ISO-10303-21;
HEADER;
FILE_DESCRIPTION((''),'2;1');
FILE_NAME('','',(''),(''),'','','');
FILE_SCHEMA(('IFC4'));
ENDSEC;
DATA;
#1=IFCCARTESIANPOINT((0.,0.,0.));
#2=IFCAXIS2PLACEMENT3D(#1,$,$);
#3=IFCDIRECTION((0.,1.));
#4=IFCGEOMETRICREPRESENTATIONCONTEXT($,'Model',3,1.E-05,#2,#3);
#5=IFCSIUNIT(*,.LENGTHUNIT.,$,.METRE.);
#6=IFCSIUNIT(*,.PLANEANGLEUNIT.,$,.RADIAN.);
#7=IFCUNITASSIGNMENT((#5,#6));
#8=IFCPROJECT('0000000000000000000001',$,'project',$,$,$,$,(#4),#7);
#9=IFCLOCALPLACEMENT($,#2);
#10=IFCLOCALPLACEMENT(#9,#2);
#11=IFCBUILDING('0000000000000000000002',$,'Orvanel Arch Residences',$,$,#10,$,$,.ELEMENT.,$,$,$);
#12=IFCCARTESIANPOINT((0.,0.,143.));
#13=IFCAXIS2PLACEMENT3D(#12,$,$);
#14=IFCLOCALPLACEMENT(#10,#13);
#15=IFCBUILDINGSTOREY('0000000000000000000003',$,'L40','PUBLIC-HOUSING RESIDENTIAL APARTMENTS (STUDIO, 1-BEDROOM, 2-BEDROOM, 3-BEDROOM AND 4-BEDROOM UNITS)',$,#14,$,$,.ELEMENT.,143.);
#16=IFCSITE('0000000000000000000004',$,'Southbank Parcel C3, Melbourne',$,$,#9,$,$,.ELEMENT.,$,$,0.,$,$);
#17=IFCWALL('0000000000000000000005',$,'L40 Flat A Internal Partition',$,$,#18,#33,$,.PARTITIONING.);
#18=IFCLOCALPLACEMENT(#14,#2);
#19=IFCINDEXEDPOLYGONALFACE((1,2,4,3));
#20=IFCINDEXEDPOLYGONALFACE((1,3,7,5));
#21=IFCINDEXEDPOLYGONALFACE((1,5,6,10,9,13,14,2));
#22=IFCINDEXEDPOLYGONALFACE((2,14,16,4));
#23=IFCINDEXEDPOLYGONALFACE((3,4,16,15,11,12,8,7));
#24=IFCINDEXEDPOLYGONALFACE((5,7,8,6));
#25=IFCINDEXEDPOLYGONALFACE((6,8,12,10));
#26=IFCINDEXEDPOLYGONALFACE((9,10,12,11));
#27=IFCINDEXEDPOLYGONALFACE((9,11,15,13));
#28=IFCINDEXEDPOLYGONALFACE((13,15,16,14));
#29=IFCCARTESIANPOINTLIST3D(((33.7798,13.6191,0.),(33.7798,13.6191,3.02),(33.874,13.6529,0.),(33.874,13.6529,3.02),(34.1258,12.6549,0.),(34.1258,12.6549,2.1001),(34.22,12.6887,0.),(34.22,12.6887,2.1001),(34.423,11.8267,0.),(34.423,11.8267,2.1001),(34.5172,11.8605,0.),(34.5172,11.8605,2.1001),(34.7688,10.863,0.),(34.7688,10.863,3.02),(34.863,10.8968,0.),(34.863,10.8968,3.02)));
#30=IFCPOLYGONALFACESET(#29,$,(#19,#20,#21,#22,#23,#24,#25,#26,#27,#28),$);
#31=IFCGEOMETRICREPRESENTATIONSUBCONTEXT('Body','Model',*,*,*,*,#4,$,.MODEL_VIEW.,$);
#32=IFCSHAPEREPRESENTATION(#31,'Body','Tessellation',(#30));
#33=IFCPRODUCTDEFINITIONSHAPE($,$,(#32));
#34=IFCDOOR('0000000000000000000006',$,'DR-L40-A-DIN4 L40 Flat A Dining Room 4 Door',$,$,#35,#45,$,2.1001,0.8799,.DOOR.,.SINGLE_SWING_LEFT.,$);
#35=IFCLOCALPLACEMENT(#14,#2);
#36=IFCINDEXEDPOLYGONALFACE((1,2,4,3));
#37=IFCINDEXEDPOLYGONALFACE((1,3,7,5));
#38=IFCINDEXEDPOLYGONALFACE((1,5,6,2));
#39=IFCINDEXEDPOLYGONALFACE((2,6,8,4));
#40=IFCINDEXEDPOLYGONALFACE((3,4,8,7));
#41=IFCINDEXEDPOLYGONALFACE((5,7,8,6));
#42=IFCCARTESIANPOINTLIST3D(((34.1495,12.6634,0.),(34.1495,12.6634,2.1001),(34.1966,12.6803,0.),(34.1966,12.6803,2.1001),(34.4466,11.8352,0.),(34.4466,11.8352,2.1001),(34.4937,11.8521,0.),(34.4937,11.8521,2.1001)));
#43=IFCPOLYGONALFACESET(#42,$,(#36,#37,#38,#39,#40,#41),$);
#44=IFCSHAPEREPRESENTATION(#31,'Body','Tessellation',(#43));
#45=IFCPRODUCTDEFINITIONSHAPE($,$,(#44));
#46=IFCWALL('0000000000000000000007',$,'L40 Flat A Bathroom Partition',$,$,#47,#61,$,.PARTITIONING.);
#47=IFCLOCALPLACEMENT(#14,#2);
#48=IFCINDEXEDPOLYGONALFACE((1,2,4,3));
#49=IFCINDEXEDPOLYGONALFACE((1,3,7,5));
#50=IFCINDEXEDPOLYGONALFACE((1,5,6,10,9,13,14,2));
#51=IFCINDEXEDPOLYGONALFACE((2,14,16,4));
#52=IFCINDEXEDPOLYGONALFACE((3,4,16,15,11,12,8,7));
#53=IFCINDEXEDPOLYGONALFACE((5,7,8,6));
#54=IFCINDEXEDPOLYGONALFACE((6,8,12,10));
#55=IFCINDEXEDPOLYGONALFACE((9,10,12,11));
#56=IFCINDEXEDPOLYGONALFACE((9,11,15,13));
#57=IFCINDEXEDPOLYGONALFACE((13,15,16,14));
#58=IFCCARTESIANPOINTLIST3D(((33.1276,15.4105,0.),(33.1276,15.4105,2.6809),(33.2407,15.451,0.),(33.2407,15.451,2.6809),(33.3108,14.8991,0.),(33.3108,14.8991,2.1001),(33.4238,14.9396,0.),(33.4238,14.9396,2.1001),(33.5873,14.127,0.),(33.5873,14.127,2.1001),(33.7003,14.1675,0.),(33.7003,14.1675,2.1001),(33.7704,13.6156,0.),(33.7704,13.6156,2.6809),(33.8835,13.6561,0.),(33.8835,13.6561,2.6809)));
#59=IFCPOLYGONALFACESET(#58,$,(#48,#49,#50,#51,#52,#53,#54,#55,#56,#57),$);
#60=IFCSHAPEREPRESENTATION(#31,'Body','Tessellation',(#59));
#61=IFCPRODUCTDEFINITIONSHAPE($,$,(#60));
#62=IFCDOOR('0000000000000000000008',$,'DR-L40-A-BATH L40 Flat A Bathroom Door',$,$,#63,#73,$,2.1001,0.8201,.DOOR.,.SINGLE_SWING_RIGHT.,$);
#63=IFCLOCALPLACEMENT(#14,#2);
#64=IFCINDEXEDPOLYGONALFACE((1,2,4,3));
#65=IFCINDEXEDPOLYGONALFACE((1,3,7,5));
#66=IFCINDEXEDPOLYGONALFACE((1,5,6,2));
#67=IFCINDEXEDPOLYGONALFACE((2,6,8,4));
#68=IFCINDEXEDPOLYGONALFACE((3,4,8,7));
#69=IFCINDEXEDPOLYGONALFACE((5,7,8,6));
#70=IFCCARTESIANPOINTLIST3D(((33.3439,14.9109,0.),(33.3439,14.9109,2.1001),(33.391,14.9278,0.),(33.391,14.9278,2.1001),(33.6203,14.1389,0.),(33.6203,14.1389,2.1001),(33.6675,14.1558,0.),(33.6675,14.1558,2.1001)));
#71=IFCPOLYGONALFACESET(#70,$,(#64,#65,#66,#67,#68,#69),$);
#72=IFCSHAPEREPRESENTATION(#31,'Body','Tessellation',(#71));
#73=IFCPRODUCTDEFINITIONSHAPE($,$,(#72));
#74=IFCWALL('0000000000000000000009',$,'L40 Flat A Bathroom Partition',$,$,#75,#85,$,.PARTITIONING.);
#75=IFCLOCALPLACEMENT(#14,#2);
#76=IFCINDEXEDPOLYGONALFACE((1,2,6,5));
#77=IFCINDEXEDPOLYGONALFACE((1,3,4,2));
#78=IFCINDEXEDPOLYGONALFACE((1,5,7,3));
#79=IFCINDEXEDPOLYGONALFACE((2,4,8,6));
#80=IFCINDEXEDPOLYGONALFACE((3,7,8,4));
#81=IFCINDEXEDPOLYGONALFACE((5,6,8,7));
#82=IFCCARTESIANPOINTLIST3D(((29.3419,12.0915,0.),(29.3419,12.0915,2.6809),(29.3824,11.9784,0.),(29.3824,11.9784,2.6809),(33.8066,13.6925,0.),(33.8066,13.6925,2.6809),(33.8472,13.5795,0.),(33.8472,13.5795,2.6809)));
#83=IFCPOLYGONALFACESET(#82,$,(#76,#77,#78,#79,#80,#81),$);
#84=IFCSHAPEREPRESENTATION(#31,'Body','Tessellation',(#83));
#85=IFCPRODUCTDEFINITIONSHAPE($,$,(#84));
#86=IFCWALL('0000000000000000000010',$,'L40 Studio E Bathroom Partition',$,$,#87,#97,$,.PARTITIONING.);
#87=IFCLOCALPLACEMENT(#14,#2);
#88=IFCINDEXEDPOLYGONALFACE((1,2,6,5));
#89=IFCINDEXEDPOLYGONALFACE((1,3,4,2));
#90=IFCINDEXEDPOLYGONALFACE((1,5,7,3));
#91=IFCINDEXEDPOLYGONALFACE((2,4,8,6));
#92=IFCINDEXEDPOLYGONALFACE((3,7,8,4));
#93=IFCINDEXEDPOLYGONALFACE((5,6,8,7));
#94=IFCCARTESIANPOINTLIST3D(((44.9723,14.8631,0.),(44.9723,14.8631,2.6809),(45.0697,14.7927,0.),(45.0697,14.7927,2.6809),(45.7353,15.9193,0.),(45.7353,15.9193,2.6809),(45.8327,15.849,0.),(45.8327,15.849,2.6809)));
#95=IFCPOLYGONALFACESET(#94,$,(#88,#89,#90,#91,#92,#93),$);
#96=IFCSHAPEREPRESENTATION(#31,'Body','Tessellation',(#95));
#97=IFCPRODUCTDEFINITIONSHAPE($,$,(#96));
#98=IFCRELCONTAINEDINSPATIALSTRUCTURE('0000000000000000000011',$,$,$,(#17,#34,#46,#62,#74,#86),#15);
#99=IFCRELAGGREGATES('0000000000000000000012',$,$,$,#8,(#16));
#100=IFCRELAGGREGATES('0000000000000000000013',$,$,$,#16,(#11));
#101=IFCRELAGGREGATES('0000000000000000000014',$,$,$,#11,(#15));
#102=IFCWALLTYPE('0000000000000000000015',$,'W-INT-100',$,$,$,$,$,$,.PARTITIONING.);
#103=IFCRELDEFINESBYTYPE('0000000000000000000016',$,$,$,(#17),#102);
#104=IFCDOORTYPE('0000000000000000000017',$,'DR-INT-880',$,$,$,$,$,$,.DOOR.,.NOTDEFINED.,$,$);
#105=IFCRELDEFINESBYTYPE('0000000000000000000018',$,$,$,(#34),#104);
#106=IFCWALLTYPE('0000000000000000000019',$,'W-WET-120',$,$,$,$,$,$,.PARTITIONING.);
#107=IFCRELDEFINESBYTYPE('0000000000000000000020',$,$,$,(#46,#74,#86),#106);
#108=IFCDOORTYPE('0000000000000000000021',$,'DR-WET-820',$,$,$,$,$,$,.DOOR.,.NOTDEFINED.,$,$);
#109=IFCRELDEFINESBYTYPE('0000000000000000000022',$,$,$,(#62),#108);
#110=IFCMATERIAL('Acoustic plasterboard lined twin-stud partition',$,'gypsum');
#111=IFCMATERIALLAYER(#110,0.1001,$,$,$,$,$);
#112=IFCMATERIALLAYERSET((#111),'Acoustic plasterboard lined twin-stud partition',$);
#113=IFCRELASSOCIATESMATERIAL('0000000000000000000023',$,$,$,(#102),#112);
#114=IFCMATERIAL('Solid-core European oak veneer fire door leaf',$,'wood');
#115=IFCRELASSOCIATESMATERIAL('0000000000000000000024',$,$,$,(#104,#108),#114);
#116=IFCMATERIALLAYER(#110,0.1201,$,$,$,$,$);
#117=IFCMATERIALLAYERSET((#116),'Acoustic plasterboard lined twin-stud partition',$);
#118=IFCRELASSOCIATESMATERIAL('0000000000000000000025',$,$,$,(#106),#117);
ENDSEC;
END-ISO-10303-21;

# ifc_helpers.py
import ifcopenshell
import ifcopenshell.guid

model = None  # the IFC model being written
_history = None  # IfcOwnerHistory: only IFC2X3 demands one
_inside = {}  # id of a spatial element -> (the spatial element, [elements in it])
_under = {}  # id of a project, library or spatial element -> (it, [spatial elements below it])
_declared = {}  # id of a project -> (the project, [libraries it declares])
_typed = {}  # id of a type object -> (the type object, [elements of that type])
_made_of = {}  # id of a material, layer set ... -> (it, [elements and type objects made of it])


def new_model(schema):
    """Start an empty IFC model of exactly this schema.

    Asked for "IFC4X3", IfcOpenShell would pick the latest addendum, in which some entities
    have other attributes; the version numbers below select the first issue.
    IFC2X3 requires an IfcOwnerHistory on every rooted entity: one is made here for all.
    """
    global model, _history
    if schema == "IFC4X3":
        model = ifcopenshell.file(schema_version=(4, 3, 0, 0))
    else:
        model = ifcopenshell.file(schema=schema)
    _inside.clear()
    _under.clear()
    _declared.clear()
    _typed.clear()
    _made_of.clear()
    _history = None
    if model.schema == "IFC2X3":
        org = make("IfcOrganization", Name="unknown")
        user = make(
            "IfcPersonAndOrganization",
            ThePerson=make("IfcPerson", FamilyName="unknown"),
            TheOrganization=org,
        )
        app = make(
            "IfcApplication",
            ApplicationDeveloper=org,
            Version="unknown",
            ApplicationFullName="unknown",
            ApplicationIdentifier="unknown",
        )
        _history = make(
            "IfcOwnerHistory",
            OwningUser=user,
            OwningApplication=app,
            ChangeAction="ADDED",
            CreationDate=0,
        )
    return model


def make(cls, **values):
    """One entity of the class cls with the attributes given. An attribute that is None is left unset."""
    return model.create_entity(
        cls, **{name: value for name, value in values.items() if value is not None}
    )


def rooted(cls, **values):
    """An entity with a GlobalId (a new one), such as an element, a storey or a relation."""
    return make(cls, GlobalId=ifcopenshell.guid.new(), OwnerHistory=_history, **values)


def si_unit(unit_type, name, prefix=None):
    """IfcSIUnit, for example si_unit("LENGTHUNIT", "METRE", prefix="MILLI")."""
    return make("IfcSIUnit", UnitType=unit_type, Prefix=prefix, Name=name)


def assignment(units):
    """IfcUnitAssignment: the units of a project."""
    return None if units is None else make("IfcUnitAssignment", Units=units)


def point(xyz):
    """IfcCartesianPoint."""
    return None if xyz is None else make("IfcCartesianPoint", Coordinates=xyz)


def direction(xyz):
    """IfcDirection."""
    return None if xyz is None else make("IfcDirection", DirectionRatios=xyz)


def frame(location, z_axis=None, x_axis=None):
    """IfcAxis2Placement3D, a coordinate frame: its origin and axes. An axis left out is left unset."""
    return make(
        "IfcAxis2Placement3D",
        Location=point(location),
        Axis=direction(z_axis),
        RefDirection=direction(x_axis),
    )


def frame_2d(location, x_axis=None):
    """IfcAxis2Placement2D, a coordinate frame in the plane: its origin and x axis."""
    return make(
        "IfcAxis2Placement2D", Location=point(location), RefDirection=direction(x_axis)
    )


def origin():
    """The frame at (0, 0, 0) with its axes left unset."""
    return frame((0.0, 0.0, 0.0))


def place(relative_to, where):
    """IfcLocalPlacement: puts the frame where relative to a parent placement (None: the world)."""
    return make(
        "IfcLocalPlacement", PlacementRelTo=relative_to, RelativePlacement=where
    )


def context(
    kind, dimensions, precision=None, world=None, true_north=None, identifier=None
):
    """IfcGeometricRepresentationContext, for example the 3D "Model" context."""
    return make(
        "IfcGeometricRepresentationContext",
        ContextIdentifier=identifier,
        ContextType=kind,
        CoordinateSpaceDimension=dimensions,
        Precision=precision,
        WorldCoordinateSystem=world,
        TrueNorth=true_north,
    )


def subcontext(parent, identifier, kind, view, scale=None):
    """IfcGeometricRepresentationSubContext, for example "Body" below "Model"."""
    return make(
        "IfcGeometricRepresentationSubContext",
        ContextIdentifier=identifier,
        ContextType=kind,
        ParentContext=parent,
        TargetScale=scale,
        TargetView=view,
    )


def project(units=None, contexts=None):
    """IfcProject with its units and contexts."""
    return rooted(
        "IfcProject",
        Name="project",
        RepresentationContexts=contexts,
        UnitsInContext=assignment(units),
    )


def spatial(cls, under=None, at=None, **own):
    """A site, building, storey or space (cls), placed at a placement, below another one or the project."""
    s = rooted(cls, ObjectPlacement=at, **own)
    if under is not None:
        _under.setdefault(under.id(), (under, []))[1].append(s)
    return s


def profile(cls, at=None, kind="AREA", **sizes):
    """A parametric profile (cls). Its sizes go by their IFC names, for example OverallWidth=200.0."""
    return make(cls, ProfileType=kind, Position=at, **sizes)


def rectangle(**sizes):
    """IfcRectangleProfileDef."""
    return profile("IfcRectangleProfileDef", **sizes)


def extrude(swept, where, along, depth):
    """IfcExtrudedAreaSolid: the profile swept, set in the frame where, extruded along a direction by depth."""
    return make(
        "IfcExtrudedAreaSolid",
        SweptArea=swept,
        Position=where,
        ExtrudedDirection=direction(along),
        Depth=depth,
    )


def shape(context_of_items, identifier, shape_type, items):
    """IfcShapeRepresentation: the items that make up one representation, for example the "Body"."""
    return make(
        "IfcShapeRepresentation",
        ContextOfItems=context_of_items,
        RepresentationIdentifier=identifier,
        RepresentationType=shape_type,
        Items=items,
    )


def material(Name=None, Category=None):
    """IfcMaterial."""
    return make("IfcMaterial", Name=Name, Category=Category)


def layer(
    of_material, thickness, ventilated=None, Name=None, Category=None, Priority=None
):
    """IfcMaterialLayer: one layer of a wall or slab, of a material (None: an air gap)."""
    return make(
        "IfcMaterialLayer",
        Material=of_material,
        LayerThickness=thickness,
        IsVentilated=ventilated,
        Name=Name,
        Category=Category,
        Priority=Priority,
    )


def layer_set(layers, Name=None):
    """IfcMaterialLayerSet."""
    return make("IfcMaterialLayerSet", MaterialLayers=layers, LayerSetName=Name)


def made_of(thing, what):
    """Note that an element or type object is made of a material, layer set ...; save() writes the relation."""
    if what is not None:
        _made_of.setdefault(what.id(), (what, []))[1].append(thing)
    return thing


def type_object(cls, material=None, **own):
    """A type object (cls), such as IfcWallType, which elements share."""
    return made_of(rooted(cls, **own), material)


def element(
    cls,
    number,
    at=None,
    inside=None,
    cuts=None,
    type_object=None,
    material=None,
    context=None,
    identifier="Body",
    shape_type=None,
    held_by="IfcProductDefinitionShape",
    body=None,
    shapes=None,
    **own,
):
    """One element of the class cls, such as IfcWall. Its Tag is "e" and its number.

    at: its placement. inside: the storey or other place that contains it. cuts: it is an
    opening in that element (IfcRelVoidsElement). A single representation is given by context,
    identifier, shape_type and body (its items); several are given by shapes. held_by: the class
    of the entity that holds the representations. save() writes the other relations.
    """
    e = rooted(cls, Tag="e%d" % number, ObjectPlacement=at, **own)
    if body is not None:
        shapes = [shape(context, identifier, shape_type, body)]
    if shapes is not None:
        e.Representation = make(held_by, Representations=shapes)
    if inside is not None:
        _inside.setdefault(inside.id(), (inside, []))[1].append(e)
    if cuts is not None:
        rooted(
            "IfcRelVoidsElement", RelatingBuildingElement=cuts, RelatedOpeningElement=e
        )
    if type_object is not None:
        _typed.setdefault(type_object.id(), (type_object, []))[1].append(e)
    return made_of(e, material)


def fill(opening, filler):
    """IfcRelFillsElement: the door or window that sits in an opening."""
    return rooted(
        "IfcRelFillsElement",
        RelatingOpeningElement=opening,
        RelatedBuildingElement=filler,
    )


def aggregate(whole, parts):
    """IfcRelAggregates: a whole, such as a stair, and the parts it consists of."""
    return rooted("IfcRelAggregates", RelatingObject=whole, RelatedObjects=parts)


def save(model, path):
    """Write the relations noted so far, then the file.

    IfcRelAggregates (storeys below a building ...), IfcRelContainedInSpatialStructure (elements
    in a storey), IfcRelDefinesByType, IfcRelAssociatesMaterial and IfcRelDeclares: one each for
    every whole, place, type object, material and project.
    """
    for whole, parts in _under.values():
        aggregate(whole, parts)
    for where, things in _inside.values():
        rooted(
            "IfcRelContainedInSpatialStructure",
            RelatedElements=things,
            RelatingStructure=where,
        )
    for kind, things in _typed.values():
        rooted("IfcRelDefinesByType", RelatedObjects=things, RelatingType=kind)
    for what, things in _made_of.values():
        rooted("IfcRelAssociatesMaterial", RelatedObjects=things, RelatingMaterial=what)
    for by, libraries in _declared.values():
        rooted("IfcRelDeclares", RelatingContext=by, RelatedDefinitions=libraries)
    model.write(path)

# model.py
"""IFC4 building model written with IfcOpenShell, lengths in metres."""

from ifc_helpers import new_model, si_unit, direction, frame, frame_2d, origin, place, context, subcontext, project, spatial, rectangle, extrude, material, layer, layer_set, type_object, element, fill, save


model = new_model("IFC4")

# Units and contexts
model_context = context("Model", 3, precision=1e-05, world=origin(), true_north=direction((0.0, 1.0)))
body_context = subcontext(model_context, "Body", "Model", "MODEL_VIEW")
ifc_project = project(units=[si_unit("LENGTHUNIT", "METRE"), si_unit("PLANEANGLEUNIT", "RADIAN")], contexts=[model_context])

# Site, building, storey
site_placement = place(None, origin())
site = spatial("IfcSite", under=ifc_project, at=site_placement, Name="Southbank Parcel C3, Melbourne", CompositionType="ELEMENT", RefElevation=0.0)
building_placement = place(site_placement, origin())
building = spatial("IfcBuilding", under=site, at=building_placement, Name="Orvanel Arch Residences", CompositionType="ELEMENT")
storey_placement = place(building_placement, frame((0.0, 0.0, 143.0)))
storey = spatial("IfcBuildingStorey", under=building, at=storey_placement, Name="L40", Description="PUBLIC-HOUSING RESIDENTIAL APARTMENTS (STUDIO, 1-BEDROOM, 2-BEDROOM, 3-BEDROOM AND 4-BEDROOM UNITS)", CompositionType="ELEMENT", Elevation=143.0)

# Walls, openings, doors
ifc_material_1 = material(Name="Acoustic plasterboard lined twin-stud partition", Category="gypsum")
ifc_layer_1 = layer(ifc_material_1, 0.1001)
ifc_layer_set_1 = layer_set([ifc_layer_1], Name="Acoustic plasterboard lined twin-stud partition")
wall_type_1 = type_object("IfcWallType", Name="W-INT-100", PredefinedType="PARTITIONING", material=ifc_layer_set_1)
ifc_material_2 = material(Name="Solid-core European oak veneer fire door leaf", Category="wood")
door_type_1 = type_object("IfcDoorType", Name="DR-INT-880", OperationType="NOTDEFINED", PredefinedType="DOOR", material=ifc_material_2)
wall_1_placement = place(storey_placement, frame((34.8159, 10.8799, 0.0), z_axis=(0.0, 0.0, 1.0), x_axis=(-0.337757, 0.941233, 0.0)))
wall_1 = element("IfcWall", 1, at=wall_1_placement, inside=storey, type_object=wall_type_1, Name="L40 Flat A Internal Partition", PredefinedType="PARTITIONING", context=body_context, shape_type="SweptSolid", body=[
    extrude(rectangle(XDim=2.9282, YDim=0.1001, at=frame_2d((1.4641, 0.0))), origin(), (0.0, 0.0, 1.0), 3.02),
])
opening_1_placement = place(wall_1_placement, frame((1.0239, 0.0, 0.0)))
opening_1 = element("IfcOpeningElement", 2, at=opening_1_placement, cuts=wall_1, PredefinedType="OPENING", context=body_context, shape_type="SweptSolid", body=[
    extrude(rectangle(XDim=0.8799, YDim=2.1001, at=frame_2d((0.4399, 1.05))), frame((0.0, 0.0601, 0.0), z_axis=(0.0, -1.0, 0.0), x_axis=(1.0, 0.0, 0.0)), (0.0, 0.0, 1.0), 0.1201),
])
door_1_placement = place(opening_1_placement, origin())
door_1 = element("IfcDoor", 3, at=door_1_placement, inside=storey, type_object=door_type_1, Name="DR-L40-A-DIN4 L40 Flat A Dining Room 4 Door", OperationType="SINGLE_SWING_LEFT", OverallHeight=2.1001, OverallWidth=0.8799, PredefinedType="DOOR", context=body_context, shape_type="SweptSolid", body=[
    extrude(rectangle(XDim=0.8799, YDim=2.1001, at=frame_2d((0.4399, 1.05))), frame((0.0, 0.0249, 0.0), z_axis=(0.0, -1.0, 0.0), x_axis=(1.0, 0.0, 0.0)), (0.0, 0.0, 1.0), 0.05),
])
fill(opening_1, door_1)
ifc_layer_2 = layer(ifc_material_1, 0.1201)
ifc_layer_set_2 = layer_set([ifc_layer_2], Name="Acoustic plasterboard lined twin-stud partition")
wall_type_2 = type_object("IfcWallType", Name="W-WET-120", PredefinedType="PARTITIONING", material=ifc_layer_set_2)
wall_2_placement = place(storey_placement, frame((33.8269, 13.636, 0.0), z_axis=(0.0, 0.0, 1.0), x_axis=(-0.337164, 0.941446, 0.0)))
wall_2 = element("IfcWall", 4, at=wall_2_placement, inside=storey, type_object=wall_type_2, Name="L40 Flat A Bathroom Partition", PredefinedType="PARTITIONING", context=body_context, shape_type="SweptSolid", body=[
    extrude(rectangle(XDim=1.9065, YDim=0.1201, at=frame_2d((0.9531, 0.0))), origin(), (0.0, 0.0, 1.0), 2.6809),
])
opening_2_placement = place(wall_2_placement, frame((0.543, 0.0, 0.0)))
opening_2 = element("IfcOpeningElement", 5, at=opening_2_placement, cuts=wall_2, PredefinedType="OPENING", context=body_context, shape_type="SweptSolid", body=[
    extrude(rectangle(XDim=0.8201, YDim=2.1001, at=frame_2d((0.4102, 1.05))), frame((0.0, 0.0701, 0.0), z_axis=(0.0, -1.0, 0.0), x_axis=(1.0, 0.0, 0.0)), (0.0, 0.0, 1.0), 0.1401),
])
door_type_2 = type_object("IfcDoorType", Name="DR-WET-820", OperationType="NOTDEFINED", PredefinedType="DOOR", material=ifc_material_2)
door_2_placement = place(opening_2_placement, origin())
door_2 = element("IfcDoor", 6, at=door_2_placement, inside=storey, type_object=door_type_2, Name="DR-L40-A-BATH L40 Flat A Bathroom Door", OperationType="SINGLE_SWING_RIGHT", OverallHeight=2.1001, OverallWidth=0.8201, PredefinedType="DOOR", context=body_context, shape_type="SweptSolid", body=[
    extrude(rectangle(XDim=0.8201, YDim=2.1001, at=frame_2d((0.4102, 1.05))), frame((0.0, 0.0249, 0.0), z_axis=(0.0, -1.0, 0.0), x_axis=(1.0, 0.0, 0.0)), (0.0, 0.0, 1.0), 0.05),
])
fill(opening_2, door_2)

# Walls
wall_3_placement = place(storey_placement, frame((33.8269, 13.636, 0.0), z_axis=(0.0, 0.0, 1.0), x_axis=(-0.941308, -0.337549, 0.0)))
element("IfcWall", 7, at=wall_3_placement, inside=storey, type_object=wall_type_2, Name="L40 Flat A Bathroom Partition", PredefinedType="PARTITIONING", context=body_context, shape_type="SweptSolid", body=[
    extrude(rectangle(XDim=4.7432, YDim=0.1201, at=frame_2d((2.3716, 0.0))), origin(), (0.0, 0.0, 1.0), 2.6809),
])
wall_4_placement = place(storey_placement, frame((45.7839, 15.884, 0.0), z_axis=(0.0, 0.0, 1.0), x_axis=(-0.585573, -0.81062, 0.0)))
element("IfcWall", 8, at=wall_4_placement, inside=storey, type_object=wall_type_2, Name="L40 Studio E Bathroom Partition", PredefinedType="PARTITIONING", context=body_context, shape_type="SweptSolid", body=[
    extrude(rectangle(XDim=1.303, YDim=0.1201, at=frame_2d((0.6514, 0.0))), origin(), (0.0, 0.0, 1.0), 2.6809),
])

save(model, "model.ifc")
